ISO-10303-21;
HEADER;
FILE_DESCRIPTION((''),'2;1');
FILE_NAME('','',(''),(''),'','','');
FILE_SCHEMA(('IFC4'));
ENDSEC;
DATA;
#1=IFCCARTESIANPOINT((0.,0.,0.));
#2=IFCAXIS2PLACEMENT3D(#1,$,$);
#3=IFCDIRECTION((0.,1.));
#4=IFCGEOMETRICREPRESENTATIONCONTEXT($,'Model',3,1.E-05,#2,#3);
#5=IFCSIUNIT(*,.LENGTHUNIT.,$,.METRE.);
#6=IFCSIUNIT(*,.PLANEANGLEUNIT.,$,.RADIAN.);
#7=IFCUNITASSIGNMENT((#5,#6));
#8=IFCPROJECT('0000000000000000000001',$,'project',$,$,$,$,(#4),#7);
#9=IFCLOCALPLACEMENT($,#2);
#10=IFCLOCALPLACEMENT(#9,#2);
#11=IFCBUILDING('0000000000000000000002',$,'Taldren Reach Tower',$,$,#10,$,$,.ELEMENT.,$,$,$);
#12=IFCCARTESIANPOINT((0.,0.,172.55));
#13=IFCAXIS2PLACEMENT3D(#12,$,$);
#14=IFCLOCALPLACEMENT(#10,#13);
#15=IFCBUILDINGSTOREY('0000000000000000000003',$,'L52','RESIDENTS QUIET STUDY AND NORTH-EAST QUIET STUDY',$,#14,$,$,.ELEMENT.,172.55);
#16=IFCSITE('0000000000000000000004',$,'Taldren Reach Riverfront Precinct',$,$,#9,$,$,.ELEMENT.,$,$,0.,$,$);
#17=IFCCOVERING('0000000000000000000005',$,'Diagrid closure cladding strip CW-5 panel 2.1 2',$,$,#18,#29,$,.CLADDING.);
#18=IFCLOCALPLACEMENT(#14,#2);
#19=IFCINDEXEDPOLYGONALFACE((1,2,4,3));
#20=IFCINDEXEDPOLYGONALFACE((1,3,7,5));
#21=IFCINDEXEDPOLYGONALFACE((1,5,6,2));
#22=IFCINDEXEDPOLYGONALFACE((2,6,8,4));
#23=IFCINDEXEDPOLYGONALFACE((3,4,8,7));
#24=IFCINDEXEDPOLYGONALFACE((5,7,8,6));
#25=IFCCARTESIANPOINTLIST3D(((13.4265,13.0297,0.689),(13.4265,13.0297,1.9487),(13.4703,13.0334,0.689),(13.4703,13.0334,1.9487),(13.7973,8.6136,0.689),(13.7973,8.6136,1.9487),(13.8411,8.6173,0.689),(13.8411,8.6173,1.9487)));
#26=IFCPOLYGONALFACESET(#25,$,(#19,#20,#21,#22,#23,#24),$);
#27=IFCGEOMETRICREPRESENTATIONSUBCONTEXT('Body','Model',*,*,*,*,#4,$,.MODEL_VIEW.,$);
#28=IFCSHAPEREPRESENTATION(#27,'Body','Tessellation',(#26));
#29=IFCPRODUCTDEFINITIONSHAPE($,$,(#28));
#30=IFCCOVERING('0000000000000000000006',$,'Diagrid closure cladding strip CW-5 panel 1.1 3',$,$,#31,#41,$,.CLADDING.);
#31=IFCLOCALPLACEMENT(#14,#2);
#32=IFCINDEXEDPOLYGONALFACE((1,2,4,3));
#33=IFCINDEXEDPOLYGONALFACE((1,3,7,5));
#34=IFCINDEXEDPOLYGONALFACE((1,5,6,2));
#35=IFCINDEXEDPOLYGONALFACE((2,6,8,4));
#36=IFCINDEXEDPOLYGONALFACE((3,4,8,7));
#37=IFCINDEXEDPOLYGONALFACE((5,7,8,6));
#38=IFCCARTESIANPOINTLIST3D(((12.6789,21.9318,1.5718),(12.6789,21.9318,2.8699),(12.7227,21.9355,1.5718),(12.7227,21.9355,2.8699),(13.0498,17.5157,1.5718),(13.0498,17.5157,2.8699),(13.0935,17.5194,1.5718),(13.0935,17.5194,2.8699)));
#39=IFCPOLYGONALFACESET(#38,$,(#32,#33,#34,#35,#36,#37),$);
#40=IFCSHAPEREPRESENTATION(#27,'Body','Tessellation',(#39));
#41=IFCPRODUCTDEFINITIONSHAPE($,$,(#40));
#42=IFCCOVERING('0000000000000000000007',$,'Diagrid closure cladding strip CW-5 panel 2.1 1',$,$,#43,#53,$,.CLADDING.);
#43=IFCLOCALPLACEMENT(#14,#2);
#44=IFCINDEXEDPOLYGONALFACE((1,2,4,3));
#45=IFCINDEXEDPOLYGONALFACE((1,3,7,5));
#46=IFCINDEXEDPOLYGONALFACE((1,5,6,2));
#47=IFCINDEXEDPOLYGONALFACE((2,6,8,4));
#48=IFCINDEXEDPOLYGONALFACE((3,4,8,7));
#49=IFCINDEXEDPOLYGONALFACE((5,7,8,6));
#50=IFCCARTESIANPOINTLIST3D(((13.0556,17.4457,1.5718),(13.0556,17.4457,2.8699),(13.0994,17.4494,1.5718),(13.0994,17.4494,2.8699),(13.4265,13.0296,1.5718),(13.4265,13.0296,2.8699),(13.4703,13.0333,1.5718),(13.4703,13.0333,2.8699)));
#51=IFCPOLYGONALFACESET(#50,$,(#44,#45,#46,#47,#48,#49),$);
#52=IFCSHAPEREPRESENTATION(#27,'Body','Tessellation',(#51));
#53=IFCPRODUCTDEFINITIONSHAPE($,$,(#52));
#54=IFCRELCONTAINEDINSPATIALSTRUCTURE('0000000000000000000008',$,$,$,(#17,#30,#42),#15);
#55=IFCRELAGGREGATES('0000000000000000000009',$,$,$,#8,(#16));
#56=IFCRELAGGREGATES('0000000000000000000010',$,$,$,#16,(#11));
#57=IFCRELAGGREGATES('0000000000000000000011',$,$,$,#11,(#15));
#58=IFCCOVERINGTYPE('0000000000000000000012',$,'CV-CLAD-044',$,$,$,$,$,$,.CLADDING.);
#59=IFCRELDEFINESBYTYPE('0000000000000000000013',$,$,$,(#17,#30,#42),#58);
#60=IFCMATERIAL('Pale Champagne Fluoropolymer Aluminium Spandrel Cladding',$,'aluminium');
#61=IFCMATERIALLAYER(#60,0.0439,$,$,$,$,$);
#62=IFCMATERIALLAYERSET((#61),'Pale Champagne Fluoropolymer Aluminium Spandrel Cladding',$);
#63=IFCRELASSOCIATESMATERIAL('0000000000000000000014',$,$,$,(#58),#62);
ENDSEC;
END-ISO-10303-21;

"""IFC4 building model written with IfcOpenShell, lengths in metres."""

from ifc_helpers import new_model, si_unit, direction, frame, origin, origin_2d, place, context, subcontext, project, spatial, rectangle, extrude, source, transform, mapped, material, layer, layer_set, type_object, element, save


model = new_model("IFC4")

# Units and contexts
model_context = context("Model", 3, precision=1e-05, world=origin(), true_north=direction((0.0, 1.0)))
body_context = subcontext(model_context, "Body", "Model", "MODEL_VIEW")
ifc_project = project(units=[si_unit("LENGTHUNIT", "METRE"), si_unit("PLANEANGLEUNIT", "RADIAN")], contexts=[model_context])

# Site, building, storey
site_placement = place(None, origin())
site = spatial("IfcSite", under=ifc_project, at=site_placement, Name="Taldren Reach Riverfront Precinct", CompositionType="ELEMENT", RefElevation=0.0)
building_placement = place(site_placement, origin())
building = spatial("IfcBuilding", under=site, at=building_placement, Name="Taldren Reach Tower", CompositionType="ELEMENT")
storey_placement = place(building_placement, frame((0.0, 0.0, 172.55)))
storey = spatial("IfcBuildingStorey", under=building, at=storey_placement, Name="L52", Description="RESIDENTS QUIET STUDY AND NORTH-EAST QUIET STUDY", CompositionType="ELEMENT", Elevation=172.55)

# Coverings
ifc_material_1 = material(Name="Pale Champagne Fluoropolymer Aluminium Spandrel Cladding", Category="aluminium")
ifc_layer_1 = layer(ifc_material_1, 0.0439)
ifc_layer_set_1 = layer_set([ifc_layer_1], Name="Pale Champagne Fluoropolymer Aluminium Spandrel Cladding")
covering_type = type_object("IfcCoveringType", Name="CV-CLAD-044", PredefinedType="CLADDING", material=ifc_layer_set_1)
shared_shape_1 = source(origin(), body_context, "Body", "SweptSolid", [
    extrude(rectangle(XDim=4.4316, YDim=0.0439, at=origin_2d()), origin(), (0.0, 0.0, 1.0), 1.2598),
])
covering_placement = place(storey_placement, frame((13.6338, 10.8235, 0.689), z_axis=(0.0, 0.0, 1.0), x_axis=(0.083678, -0.996493, 0.0)))
element("IfcCovering", 1, at=covering_placement, inside=storey, type_object=covering_type, Name="Diagrid closure cladding strip CW-5 panel 2.1 2", PredefinedType="CLADDING", context=body_context, shape_type="MappedRepresentation", body=[
    mapped(shared_shape_1, transform((0.0, 0.0, 0.0), scale=1.0)),
])
shared_shape_2 = source(origin(), body_context, "Body", "SweptSolid", [
    extrude(rectangle(XDim=4.4316, YDim=0.0439, at=origin_2d()), origin(), (0.0, 0.0, 1.0), 1.2981),
])
for number, where, z_axis, x_axis, name in (
    (2, (12.8862, 19.7256, 1.5718), (0.0, 0.0, 1.0), (0.083678, -0.996493, 0.0), "Diagrid closure cladding strip CW-5 panel 1.1 3"),
    (3, (13.2629, 15.2395, 1.5718), (0.0, 0.0, 1.0), (0.083678, -0.996493, 0.0), "Diagrid closure cladding strip CW-5 panel 2.1 1"),
):
    element("IfcCovering", number, at=place(storey_placement, frame(where, z_axis=z_axis, x_axis=x_axis)), inside=storey, type_object=covering_type, Name=name, PredefinedType="CLADDING", context=body_context, shape_type="MappedRepresentation", body=[
        mapped(shared_shape_2, transform((0.0, 0.0, 0.0), scale=1.0)),
    ])

save(model, "model.ifc")
